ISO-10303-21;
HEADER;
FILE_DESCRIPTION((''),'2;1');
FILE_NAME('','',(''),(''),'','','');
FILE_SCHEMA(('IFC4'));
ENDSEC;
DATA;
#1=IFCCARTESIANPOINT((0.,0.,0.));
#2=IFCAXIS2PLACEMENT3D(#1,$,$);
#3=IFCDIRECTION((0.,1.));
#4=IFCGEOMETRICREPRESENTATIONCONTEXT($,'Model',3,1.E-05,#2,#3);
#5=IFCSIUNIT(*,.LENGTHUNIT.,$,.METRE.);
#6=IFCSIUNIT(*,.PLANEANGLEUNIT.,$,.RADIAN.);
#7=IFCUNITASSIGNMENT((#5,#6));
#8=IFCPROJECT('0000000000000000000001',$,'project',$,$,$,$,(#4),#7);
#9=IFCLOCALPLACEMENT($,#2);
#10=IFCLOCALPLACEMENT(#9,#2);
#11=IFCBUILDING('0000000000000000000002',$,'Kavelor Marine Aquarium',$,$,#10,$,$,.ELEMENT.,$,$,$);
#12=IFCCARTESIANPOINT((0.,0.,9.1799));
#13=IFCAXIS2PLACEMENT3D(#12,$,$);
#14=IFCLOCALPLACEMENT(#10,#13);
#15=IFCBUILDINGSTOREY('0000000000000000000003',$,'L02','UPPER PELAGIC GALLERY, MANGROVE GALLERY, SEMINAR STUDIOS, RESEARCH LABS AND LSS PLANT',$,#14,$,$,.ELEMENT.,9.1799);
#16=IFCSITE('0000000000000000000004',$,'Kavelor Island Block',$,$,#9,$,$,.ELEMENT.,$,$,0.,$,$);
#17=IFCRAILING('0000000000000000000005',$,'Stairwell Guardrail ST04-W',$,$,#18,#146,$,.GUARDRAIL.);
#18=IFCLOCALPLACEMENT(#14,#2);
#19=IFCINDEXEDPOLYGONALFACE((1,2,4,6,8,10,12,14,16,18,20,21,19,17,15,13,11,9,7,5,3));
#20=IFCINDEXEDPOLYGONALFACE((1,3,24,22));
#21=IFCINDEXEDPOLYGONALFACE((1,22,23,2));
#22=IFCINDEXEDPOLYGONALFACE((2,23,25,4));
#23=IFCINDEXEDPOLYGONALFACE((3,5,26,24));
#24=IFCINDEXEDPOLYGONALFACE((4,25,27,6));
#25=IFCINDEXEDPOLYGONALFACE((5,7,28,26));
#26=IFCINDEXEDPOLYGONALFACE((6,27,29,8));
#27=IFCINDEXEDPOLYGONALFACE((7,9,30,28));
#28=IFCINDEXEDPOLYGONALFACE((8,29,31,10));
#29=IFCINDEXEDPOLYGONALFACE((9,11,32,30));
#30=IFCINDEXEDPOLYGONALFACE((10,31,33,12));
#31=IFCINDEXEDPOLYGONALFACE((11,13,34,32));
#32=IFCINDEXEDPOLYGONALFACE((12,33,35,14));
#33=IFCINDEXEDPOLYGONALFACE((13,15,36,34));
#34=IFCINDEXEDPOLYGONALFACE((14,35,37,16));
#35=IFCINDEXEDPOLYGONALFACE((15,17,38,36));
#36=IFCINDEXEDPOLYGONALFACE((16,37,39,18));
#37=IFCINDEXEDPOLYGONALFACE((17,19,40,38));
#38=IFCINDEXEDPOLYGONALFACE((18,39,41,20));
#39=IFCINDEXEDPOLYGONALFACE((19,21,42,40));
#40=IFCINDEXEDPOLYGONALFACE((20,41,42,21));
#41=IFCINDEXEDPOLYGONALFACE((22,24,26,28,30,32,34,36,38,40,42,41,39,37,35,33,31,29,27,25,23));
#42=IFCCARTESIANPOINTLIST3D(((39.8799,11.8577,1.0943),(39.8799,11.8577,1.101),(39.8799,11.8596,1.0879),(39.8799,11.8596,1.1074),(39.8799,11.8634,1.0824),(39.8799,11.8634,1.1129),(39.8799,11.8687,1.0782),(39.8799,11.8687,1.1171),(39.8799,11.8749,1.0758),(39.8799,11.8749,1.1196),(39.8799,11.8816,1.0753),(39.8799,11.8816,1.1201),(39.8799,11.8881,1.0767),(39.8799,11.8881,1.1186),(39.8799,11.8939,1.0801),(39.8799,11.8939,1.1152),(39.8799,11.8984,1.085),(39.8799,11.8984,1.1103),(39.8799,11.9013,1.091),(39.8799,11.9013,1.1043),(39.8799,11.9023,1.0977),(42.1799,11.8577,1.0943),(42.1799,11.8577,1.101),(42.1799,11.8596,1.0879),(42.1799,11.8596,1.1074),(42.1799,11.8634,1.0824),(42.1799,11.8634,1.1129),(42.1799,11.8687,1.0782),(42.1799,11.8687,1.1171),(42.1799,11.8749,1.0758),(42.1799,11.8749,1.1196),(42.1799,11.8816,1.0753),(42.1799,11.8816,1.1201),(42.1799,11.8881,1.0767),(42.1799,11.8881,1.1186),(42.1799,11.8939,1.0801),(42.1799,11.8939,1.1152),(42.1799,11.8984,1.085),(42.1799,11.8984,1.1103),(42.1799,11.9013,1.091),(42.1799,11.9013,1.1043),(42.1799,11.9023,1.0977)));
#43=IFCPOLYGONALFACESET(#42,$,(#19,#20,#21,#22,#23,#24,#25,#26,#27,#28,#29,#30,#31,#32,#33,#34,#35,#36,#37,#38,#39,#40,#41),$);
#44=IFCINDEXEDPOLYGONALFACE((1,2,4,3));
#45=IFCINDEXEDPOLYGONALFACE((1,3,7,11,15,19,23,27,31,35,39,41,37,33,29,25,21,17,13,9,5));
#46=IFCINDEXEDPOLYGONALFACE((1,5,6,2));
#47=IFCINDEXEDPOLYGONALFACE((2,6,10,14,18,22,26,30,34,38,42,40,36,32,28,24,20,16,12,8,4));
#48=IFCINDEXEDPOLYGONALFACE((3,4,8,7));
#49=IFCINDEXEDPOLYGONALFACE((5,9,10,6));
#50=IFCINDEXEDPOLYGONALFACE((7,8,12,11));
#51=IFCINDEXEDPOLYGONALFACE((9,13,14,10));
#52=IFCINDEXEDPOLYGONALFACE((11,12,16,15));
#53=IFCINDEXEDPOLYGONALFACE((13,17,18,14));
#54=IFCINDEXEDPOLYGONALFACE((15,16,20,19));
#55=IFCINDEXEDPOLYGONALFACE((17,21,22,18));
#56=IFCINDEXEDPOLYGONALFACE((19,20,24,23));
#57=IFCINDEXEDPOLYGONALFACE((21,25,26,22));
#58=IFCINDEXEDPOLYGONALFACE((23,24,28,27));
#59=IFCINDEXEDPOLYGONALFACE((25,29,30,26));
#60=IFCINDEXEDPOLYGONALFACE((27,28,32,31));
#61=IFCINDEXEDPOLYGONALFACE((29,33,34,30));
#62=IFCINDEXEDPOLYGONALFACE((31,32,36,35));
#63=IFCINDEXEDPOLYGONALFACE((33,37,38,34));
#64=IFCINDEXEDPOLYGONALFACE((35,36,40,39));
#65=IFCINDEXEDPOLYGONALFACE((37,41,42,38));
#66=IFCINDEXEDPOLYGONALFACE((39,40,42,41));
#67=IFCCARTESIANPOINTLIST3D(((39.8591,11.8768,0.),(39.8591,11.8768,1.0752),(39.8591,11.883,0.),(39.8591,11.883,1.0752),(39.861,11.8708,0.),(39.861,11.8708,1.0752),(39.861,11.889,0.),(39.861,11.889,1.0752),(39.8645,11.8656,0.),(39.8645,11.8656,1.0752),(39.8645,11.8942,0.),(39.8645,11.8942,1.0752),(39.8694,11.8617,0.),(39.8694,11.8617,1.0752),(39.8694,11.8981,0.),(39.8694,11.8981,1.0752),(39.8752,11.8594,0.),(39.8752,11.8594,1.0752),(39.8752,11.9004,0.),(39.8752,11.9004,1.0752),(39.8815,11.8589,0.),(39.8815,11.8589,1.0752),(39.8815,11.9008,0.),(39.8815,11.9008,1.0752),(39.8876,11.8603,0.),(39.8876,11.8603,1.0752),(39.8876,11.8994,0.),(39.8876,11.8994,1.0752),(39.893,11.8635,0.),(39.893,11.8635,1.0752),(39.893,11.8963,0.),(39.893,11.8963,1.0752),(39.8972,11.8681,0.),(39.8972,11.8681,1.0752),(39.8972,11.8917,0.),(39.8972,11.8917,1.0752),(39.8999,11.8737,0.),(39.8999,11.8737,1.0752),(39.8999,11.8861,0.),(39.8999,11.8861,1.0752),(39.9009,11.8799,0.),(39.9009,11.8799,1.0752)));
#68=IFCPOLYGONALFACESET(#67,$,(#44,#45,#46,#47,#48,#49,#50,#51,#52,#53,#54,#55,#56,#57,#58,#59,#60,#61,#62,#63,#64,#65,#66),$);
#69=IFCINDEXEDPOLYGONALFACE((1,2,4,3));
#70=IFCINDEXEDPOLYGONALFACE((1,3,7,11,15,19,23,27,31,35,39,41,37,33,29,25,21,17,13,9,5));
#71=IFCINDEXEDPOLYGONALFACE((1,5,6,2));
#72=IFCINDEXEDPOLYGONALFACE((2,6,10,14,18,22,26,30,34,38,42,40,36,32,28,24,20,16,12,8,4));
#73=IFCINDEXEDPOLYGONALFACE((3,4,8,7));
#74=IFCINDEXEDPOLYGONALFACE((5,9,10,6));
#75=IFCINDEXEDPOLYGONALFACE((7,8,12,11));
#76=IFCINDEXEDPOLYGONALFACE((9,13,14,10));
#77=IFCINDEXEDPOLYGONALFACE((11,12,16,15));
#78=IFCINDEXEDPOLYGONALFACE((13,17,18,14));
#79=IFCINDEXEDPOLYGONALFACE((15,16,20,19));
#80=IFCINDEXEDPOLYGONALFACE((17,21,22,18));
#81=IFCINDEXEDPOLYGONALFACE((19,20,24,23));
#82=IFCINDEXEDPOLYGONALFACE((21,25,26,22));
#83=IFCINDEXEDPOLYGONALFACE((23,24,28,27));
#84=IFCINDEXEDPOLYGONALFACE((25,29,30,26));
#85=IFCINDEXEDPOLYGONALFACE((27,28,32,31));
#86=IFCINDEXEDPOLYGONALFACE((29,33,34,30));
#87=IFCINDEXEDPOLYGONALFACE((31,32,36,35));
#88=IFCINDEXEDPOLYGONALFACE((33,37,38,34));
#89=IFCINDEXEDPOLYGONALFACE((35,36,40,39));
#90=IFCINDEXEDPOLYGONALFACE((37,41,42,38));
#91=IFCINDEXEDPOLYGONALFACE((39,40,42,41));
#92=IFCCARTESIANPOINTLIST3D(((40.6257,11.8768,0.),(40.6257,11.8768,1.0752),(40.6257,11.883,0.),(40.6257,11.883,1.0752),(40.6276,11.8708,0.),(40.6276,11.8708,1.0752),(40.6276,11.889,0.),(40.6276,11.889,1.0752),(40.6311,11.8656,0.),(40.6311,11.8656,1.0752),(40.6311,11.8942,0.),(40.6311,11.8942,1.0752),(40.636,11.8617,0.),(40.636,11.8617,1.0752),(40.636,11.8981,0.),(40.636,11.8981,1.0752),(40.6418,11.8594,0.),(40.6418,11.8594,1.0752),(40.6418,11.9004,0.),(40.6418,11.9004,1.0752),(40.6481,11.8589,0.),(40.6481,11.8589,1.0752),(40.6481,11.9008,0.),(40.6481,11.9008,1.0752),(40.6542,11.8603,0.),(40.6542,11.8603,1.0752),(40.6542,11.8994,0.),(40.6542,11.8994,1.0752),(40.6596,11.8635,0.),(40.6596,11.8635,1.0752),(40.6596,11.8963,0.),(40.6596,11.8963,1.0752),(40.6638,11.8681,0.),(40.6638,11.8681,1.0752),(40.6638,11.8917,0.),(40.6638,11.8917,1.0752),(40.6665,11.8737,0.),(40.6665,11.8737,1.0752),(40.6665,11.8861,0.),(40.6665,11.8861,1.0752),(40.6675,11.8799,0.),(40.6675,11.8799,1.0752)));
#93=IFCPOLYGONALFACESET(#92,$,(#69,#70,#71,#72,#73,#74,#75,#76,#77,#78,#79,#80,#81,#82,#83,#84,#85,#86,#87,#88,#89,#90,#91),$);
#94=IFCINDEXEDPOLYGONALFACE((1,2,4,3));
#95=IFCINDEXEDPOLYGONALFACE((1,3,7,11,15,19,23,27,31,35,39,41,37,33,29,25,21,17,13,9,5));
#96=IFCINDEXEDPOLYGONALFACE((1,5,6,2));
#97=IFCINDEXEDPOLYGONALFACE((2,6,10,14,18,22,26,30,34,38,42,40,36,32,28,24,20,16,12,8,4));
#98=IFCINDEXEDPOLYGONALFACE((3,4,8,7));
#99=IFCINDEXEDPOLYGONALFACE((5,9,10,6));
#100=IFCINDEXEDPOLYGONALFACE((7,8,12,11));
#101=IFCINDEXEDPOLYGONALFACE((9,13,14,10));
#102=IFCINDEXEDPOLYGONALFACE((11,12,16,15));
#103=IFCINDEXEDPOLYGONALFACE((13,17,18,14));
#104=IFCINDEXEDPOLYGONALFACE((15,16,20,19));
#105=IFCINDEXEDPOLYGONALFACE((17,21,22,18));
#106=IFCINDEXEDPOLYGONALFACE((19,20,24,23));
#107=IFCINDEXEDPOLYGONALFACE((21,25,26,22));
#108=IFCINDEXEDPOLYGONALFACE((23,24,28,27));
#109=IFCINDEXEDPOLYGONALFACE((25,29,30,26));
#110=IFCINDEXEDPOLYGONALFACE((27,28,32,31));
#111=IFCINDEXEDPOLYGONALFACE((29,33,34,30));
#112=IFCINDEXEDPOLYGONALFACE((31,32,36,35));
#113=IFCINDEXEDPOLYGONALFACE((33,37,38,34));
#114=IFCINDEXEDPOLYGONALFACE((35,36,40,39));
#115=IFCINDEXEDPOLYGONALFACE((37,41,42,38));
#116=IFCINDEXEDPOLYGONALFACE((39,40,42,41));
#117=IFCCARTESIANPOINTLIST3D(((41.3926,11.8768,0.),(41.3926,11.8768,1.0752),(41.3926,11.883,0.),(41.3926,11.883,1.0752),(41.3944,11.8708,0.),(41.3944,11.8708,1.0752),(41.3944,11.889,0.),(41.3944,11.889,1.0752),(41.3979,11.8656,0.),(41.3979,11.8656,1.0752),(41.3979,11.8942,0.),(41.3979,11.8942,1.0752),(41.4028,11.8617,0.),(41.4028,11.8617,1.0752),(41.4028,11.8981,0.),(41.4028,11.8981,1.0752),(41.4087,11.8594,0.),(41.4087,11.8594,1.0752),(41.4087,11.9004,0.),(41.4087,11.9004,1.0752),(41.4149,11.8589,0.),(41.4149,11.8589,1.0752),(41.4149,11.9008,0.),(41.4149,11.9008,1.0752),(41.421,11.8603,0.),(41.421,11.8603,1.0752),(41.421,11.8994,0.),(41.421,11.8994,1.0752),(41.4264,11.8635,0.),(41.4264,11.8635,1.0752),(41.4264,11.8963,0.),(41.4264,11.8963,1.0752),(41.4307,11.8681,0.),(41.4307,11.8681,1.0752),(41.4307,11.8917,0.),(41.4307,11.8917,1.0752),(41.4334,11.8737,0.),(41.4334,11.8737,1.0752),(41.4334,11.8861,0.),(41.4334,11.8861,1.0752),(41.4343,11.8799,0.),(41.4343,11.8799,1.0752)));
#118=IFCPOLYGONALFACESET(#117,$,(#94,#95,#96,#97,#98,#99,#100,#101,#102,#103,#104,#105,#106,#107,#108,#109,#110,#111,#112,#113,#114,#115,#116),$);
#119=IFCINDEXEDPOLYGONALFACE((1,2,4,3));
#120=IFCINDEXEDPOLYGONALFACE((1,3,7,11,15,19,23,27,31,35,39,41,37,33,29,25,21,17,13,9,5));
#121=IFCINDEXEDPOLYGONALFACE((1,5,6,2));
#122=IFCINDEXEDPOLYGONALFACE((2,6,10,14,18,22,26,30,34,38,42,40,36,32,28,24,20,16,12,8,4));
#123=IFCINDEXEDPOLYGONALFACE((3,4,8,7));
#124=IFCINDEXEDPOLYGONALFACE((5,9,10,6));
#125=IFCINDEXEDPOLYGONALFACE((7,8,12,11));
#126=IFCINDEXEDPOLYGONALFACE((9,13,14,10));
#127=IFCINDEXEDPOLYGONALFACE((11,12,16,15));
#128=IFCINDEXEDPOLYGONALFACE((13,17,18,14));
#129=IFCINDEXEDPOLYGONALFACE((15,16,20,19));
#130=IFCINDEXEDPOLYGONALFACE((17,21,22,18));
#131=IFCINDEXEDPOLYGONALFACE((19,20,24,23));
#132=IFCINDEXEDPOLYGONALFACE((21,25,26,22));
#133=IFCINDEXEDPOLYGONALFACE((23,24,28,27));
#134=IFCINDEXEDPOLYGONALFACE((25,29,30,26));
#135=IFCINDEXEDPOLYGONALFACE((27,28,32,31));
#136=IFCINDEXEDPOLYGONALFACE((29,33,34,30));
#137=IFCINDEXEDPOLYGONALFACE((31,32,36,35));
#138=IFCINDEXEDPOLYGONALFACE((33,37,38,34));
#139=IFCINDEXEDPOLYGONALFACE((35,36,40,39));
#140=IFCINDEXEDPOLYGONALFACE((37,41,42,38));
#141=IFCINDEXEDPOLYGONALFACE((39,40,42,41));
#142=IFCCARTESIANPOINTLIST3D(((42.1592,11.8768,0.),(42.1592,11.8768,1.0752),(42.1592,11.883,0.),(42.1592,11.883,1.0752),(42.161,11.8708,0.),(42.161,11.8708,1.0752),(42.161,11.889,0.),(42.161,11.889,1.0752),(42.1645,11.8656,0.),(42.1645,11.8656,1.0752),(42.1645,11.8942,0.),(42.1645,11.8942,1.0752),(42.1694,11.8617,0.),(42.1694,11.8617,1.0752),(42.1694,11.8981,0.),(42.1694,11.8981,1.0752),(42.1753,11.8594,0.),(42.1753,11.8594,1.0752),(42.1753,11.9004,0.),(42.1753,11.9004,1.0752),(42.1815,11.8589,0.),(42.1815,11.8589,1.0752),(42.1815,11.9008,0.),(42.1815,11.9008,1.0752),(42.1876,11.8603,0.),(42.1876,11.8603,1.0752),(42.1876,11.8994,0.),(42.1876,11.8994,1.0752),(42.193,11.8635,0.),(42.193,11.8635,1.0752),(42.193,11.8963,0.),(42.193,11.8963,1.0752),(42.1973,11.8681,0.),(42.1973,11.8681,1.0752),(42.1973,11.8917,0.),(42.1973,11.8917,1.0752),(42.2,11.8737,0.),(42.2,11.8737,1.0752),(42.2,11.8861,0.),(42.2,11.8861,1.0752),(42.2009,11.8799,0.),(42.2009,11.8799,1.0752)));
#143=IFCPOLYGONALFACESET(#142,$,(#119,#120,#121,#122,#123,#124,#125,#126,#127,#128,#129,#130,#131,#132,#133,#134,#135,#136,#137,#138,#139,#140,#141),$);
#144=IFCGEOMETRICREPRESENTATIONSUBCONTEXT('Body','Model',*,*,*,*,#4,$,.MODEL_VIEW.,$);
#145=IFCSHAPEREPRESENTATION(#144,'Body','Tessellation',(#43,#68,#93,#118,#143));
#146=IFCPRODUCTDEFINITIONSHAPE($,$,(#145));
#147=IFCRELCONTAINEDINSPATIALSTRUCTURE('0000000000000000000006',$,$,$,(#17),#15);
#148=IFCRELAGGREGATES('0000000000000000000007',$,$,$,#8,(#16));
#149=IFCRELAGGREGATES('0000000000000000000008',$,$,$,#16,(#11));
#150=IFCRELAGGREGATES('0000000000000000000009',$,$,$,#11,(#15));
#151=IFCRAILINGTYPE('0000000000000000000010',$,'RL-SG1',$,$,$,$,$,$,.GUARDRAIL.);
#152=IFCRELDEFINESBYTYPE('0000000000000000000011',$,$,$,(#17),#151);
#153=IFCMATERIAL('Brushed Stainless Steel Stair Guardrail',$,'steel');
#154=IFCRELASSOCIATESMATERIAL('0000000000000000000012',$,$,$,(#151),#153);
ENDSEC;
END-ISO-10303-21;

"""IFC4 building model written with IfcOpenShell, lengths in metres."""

from ifc_helpers import new_model, si_unit, direction, frame, origin, origin_2d, place, context, subcontext, project, spatial, circle, extrude, material, type_object, element, save


model = new_model("IFC4")

# Units and contexts
model_context = context("Model", 3, precision=1e-05, world=origin(), true_north=direction((0.0, 1.0)))
body_context = subcontext(model_context, "Body", "Model", "MODEL_VIEW")
ifc_project = project(units=[si_unit("LENGTHUNIT", "METRE"), si_unit("PLANEANGLEUNIT", "RADIAN")], contexts=[model_context])

# Site, building, storey
site_placement = place(None, origin())
site = spatial("IfcSite", under=ifc_project, at=site_placement, Name="Kavelor Island Block", CompositionType="ELEMENT", RefElevation=0.0)
building_placement = place(site_placement, origin())
building = spatial("IfcBuilding", under=site, at=building_placement, Name="Kavelor Marine Aquarium", CompositionType="ELEMENT")
storey_placement = place(building_placement, frame((0.0, 0.0, 9.1799)))
storey = spatial("IfcBuildingStorey", under=building, at=storey_placement, Name="L02", Description="UPPER PELAGIC GALLERY, MANGROVE GALLERY, SEMINAR STUDIOS, RESEARCH LABS AND LSS PLANT", CompositionType="ELEMENT", Elevation=9.1799)

# Railing
ifc_material_1 = material(Name="Brushed Stainless Steel Stair Guardrail", Category="steel")
railing_type_1 = type_object("IfcRailingType", Name="RL-SG1", PredefinedType="GUARDRAIL", material=ifc_material_1)
railing_1_placement = place(storey_placement, frame((39.8799, 11.8799, 0.0)))
element("IfcRailing", 1, at=railing_1_placement, inside=storey, type_object=railing_type_1, Name="Stairwell Guardrail ST04-W", PredefinedType="GUARDRAIL", context=body_context, shape_type="SweptSolid", body=[
    extrude(circle(Radius=0.0225, at=origin_2d()), frame((0.0, 0.0, 1.0977), z_axis=(1.0, 0.0, 0.0), x_axis=(0.0, 1.0, 0.0)), (0.0, 0.0, 1.0), 2.3),
    extrude(circle(Radius=0.021, at=origin_2d()), origin(), (0.0, 0.0, 1.0), 1.0752),
    extrude(circle(Radius=0.021, at=origin_2d()), frame((0.7666, 0.0, 0.0)), (0.0, 0.0, 1.0), 1.0752),
    extrude(circle(Radius=0.021, at=origin_2d()), frame((1.5334, 0.0, 0.0)), (0.0, 0.0, 1.0), 1.0752),
    extrude(circle(Radius=0.021, at=origin_2d()), frame((2.3, 0.0, 0.0)), (0.0, 0.0, 1.0), 1.0752),
])

save(model, "model.ifc")
